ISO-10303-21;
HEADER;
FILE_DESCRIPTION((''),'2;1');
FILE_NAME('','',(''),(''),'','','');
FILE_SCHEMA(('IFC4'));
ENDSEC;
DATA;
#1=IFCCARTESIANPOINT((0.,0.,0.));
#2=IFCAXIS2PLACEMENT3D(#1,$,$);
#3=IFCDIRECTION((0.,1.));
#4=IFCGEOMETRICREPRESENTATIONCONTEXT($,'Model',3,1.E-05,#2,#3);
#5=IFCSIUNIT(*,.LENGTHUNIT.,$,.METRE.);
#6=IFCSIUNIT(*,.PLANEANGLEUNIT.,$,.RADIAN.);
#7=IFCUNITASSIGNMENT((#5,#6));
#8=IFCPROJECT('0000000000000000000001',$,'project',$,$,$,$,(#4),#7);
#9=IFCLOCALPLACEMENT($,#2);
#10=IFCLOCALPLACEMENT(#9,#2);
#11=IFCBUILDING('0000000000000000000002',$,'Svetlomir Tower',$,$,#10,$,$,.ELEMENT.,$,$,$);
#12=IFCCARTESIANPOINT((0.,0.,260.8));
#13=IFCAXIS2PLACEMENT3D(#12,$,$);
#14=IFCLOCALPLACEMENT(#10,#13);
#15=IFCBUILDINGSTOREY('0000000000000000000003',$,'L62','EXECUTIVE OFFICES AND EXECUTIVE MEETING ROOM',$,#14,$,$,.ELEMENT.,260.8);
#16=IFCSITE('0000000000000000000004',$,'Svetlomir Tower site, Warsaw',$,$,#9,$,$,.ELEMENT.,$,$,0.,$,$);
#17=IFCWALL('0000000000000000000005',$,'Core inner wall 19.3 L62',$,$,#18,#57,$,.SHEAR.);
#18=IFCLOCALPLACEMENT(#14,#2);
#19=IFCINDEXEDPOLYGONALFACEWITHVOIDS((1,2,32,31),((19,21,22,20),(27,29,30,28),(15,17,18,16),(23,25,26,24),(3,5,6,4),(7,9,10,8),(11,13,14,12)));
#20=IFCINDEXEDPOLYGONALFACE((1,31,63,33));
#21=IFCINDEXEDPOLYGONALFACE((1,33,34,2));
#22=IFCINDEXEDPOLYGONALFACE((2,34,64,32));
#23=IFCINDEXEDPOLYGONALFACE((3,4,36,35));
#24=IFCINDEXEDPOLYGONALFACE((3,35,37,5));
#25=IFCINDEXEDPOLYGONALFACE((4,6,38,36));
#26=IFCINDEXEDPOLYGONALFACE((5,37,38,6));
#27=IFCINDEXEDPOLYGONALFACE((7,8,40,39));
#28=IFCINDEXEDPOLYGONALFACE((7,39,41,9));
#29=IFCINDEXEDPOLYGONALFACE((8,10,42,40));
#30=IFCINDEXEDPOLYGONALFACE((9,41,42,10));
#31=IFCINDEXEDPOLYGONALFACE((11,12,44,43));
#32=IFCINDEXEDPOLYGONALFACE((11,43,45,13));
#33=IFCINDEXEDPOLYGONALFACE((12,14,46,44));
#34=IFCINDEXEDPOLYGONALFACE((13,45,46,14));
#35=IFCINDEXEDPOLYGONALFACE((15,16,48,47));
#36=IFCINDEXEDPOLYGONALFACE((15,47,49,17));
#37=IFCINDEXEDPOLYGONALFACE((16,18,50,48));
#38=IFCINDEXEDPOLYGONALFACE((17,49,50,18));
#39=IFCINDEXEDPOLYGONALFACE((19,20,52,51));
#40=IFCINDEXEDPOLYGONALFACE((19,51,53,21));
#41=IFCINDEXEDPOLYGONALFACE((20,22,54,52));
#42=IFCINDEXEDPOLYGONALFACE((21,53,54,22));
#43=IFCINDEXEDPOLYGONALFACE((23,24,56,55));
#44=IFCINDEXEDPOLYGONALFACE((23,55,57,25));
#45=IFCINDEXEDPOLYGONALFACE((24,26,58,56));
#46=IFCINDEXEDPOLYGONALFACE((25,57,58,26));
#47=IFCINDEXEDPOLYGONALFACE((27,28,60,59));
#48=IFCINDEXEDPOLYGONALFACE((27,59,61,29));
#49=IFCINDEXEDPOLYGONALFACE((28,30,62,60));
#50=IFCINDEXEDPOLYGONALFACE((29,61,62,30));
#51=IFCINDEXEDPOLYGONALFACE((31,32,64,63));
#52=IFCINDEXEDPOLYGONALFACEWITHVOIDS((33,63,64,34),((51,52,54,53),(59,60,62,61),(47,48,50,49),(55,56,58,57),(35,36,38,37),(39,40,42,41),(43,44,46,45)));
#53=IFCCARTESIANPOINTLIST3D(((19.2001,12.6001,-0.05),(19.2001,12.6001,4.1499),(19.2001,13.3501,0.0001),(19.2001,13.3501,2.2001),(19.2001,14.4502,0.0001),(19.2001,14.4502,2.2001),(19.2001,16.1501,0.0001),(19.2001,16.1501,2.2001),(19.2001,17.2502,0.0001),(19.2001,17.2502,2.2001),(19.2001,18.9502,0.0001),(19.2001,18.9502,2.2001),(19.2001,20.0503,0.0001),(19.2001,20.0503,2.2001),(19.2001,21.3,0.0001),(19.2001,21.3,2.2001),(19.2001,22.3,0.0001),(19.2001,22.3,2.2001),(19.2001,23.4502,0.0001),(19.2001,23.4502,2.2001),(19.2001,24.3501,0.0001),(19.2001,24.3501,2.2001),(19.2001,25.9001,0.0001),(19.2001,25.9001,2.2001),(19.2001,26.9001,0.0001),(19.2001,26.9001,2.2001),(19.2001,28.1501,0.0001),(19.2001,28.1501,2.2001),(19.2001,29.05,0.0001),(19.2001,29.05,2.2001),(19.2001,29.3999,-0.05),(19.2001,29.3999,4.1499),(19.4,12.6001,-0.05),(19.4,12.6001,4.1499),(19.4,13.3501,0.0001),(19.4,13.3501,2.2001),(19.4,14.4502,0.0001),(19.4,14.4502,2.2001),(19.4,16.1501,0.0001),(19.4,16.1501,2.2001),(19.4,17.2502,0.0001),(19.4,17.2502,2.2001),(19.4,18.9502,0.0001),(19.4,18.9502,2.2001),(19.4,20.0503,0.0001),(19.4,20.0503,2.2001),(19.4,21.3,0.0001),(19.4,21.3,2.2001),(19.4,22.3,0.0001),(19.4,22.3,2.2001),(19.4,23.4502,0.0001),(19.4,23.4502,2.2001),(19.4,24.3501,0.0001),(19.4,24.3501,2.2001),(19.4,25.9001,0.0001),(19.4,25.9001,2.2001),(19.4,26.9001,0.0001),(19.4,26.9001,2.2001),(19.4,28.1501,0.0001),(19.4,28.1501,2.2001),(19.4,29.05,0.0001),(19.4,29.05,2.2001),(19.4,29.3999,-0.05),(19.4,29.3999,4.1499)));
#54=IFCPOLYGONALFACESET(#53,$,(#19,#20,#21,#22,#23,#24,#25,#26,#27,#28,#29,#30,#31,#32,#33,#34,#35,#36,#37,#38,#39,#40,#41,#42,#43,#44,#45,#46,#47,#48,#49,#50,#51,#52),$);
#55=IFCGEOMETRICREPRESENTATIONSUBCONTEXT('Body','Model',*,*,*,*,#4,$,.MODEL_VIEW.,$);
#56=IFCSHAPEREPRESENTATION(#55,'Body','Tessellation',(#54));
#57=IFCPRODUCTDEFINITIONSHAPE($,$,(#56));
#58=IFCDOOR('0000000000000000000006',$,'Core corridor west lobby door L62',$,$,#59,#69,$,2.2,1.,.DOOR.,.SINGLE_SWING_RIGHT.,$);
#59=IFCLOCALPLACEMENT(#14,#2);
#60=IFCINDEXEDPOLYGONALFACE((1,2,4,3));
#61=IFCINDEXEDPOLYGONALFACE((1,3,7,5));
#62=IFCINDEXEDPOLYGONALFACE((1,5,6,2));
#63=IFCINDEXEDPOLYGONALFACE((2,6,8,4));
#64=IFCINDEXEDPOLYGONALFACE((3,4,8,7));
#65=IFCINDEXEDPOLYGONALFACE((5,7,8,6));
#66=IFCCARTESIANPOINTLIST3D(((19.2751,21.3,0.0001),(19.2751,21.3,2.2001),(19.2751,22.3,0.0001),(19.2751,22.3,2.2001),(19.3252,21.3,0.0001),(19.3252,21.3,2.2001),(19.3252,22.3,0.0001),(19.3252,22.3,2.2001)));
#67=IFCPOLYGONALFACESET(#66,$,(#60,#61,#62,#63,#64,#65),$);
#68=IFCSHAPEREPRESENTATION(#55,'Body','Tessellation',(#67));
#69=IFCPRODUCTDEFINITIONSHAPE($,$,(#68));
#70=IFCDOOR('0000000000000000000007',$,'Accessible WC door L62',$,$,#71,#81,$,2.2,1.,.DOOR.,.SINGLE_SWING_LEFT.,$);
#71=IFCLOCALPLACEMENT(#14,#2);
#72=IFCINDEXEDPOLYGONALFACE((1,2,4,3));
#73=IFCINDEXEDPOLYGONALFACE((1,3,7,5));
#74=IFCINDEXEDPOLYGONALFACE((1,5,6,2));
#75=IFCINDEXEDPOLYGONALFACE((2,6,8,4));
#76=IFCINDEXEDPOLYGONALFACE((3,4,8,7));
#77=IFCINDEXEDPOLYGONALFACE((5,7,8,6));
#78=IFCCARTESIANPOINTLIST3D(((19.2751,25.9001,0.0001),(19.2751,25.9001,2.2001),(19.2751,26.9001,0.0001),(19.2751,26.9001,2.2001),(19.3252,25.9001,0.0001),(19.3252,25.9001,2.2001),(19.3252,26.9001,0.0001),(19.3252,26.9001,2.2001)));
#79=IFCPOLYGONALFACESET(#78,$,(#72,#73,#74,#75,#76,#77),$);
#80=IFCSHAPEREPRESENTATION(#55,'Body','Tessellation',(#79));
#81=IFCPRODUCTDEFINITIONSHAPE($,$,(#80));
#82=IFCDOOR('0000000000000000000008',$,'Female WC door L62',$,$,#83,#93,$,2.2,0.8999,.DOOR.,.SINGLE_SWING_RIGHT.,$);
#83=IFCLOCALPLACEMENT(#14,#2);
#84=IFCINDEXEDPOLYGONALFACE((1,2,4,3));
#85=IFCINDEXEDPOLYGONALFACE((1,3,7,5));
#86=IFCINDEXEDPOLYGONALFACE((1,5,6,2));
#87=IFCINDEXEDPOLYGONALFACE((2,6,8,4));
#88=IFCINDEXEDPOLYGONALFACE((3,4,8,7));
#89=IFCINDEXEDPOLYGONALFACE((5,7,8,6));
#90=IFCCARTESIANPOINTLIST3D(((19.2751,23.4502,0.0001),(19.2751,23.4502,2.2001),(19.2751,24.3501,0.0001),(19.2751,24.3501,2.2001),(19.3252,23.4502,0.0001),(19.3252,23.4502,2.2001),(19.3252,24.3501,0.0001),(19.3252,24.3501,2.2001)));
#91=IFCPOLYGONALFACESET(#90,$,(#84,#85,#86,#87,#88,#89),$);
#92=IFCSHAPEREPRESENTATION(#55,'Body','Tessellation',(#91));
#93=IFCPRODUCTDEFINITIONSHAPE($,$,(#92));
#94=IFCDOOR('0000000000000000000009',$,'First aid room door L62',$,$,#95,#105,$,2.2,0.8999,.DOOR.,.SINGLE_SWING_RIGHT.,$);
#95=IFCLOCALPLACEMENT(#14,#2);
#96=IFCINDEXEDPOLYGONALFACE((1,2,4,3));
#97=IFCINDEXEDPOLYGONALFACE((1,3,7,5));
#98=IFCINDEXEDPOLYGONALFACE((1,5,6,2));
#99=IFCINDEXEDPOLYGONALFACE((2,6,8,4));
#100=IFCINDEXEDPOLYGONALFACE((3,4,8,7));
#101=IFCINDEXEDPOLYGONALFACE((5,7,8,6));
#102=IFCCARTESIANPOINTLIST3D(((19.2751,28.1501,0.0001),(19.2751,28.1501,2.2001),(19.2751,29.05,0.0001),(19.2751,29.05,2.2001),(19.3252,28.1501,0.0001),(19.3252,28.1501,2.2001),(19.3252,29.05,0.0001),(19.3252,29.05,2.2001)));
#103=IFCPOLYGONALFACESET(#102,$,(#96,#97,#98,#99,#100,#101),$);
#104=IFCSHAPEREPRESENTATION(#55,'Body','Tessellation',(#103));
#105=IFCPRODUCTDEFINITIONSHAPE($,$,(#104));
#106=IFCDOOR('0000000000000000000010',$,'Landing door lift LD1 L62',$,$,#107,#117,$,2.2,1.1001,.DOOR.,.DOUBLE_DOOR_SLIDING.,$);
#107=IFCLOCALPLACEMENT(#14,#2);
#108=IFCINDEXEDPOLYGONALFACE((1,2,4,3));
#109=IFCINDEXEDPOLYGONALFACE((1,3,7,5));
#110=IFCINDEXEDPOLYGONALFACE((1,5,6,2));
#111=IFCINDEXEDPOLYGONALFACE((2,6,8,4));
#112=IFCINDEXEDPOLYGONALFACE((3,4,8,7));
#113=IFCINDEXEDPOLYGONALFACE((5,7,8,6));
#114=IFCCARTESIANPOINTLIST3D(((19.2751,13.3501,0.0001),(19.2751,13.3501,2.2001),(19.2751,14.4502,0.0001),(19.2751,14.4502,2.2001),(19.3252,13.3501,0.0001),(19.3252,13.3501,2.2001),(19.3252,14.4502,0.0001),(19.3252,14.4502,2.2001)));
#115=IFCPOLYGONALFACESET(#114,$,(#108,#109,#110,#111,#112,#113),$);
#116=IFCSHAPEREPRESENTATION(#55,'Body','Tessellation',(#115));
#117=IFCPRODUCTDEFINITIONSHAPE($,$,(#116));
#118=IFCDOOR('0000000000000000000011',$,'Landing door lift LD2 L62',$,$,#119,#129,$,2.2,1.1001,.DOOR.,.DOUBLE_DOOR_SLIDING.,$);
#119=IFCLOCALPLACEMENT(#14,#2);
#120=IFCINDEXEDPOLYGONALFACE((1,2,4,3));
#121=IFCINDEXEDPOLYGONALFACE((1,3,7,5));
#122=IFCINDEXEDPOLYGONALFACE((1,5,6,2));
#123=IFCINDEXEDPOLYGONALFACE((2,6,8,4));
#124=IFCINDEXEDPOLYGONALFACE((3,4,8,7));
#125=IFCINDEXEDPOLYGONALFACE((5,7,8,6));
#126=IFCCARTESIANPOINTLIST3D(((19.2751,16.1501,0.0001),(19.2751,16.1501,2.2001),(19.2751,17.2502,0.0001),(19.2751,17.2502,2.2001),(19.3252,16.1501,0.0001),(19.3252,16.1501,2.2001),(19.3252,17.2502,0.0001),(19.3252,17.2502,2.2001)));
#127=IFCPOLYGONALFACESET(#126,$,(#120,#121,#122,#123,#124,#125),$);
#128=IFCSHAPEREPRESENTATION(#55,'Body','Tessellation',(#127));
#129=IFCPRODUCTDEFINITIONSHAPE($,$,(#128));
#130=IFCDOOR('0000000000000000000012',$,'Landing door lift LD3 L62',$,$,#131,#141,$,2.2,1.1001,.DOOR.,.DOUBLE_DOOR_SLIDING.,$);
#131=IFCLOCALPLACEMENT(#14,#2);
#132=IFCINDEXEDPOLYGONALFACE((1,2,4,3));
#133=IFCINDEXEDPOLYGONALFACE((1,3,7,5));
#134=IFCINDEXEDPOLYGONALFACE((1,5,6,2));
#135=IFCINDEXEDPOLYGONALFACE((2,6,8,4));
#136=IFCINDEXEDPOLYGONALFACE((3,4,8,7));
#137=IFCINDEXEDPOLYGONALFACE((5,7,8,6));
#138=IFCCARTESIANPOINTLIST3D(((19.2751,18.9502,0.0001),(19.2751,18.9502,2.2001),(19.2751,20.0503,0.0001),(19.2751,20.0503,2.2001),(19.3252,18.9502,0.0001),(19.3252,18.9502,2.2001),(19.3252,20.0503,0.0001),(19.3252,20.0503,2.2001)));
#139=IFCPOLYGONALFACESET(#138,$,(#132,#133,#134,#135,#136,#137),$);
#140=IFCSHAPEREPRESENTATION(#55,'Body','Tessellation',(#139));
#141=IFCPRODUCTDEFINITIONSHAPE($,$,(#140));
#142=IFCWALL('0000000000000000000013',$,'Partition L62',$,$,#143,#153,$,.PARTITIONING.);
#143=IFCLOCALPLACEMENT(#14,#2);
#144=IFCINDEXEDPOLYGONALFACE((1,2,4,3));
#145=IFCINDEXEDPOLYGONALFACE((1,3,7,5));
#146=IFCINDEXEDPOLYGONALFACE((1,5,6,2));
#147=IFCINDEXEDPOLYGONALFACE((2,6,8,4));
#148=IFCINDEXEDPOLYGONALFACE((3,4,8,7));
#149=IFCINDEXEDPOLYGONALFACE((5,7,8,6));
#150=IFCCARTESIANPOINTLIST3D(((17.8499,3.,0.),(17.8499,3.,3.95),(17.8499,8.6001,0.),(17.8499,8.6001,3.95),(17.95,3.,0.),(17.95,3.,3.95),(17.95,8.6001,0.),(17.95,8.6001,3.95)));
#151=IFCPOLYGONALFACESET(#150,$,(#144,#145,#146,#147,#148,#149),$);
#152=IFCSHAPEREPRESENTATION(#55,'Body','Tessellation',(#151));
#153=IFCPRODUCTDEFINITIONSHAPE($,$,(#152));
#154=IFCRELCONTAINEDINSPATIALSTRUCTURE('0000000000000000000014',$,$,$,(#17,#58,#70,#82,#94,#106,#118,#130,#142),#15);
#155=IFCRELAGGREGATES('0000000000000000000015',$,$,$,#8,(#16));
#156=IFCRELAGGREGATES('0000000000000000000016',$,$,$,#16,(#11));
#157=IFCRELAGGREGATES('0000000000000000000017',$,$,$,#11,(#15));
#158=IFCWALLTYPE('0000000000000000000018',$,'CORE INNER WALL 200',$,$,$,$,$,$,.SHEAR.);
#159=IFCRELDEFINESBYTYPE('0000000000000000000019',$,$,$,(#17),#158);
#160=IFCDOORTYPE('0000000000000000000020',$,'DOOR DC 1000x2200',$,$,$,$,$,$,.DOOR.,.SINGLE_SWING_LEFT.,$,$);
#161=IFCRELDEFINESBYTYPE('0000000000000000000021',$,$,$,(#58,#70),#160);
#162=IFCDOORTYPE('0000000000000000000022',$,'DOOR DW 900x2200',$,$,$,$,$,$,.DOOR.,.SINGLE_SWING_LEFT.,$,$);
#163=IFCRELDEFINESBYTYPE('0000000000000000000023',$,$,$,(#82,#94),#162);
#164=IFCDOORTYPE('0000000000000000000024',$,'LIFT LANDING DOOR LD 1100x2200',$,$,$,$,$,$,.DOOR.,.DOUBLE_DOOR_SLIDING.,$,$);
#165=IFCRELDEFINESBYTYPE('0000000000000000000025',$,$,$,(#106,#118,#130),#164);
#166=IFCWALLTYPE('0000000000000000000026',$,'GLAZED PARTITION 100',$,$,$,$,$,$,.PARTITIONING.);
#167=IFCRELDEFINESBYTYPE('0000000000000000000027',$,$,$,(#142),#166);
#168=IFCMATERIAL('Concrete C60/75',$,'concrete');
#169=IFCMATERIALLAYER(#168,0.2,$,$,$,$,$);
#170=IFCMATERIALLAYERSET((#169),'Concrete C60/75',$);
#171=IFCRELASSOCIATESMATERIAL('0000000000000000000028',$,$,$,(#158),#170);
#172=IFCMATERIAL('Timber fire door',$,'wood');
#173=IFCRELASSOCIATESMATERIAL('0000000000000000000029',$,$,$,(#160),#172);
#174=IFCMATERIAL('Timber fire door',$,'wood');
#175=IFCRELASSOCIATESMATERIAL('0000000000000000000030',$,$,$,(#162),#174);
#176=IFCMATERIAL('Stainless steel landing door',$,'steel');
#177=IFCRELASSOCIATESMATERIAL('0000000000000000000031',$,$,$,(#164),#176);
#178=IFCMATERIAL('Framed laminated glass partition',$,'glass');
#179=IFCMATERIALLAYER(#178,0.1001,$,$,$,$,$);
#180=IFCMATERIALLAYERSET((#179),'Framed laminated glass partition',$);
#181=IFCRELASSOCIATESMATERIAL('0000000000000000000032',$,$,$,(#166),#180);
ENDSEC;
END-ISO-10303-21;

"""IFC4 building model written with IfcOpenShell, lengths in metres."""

from ifc_helpers import new_model, si_unit, direction, frame, frame_2d, origin, place, context, subcontext, project, spatial, rectangle, extrude, material, layer, layer_set, type_object, element, fill, save


model = new_model("IFC4")

# Units and contexts
model_context = context("Model", 3, precision=1e-05, world=origin(), true_north=direction((0.0, 1.0)))
body_context = subcontext(model_context, "Body", "Model", "MODEL_VIEW")
ifc_project = project(units=[si_unit("LENGTHUNIT", "METRE"), si_unit("PLANEANGLEUNIT", "RADIAN")], contexts=[model_context])

# Site, building, storey
site_placement = place(None, origin())
site = spatial("IfcSite", under=ifc_project, at=site_placement, Name="Svetlomir Tower site, Warsaw", CompositionType="ELEMENT", RefElevation=0.0)
building_placement = place(site_placement, origin())
building = spatial("IfcBuilding", under=site, at=building_placement, Name="Svetlomir Tower", CompositionType="ELEMENT")
storey_placement = place(building_placement, frame((0.0, 0.0, 260.8)))
storey = spatial("IfcBuildingStorey", under=building, at=storey_placement, Name="L62", Description="EXECUTIVE OFFICES AND EXECUTIVE MEETING ROOM", CompositionType="ELEMENT", Elevation=260.8)

# Shared definitions
ifc_material_1 = material(Name="Concrete C60/75", Category="concrete")
ifc_layer_1 = layer(ifc_material_1, 0.2)
ifc_layer_set_1 = layer_set([ifc_layer_1], Name="Concrete C60/75")
wall_type_1 = type_object("IfcWallType", Name="CORE INNER WALL 200", PredefinedType="SHEAR", material=ifc_layer_set_1)

# Wall, openings, doors
wall_1_placement = place(storey_placement, frame((19.3, 12.6001, -0.05), z_axis=(0.0, 0.0, 1.0), x_axis=(0.0, 1.0, 0.0)))
wall_1 = element("IfcWall", 1, at=wall_1_placement, inside=storey, type_object=wall_type_1, Name="Core inner wall 19.3 L62", PredefinedType="SHEAR", context=body_context, shape_type="SweptSolid", body=[
    extrude(rectangle(XDim=16.7998, YDim=0.2, at=frame_2d((8.3999, 0.0))), origin(), (0.0, 0.0, 1.0), 4.2),
])
opening_1_placement = place(wall_1_placement, frame((8.7, 0.0, 0.05)))
opening_1 = element("IfcOpeningElement", 2, at=opening_1_placement, cuts=wall_1, PredefinedType="OPENING", context=body_context, shape_type="SweptSolid", body=[
    extrude(rectangle(XDim=1.0, YDim=2.2, at=frame_2d((0.5, 1.1001))), frame((0.0, 0.1099, 0.0), z_axis=(0.0, -1.0, 0.0), x_axis=(1.0, 0.0, 0.0)), (0.0, 0.0, 1.0), 0.22),
])
opening_2_placement = place(wall_1_placement, frame((10.8501, 0.0, 0.05)))
opening_2 = element("IfcOpeningElement", 3, at=opening_2_placement, cuts=wall_1, PredefinedType="OPENING", context=body_context, shape_type="SweptSolid", body=[
    extrude(rectangle(XDim=0.8999, YDim=2.2, at=frame_2d((0.45, 1.1001))), frame((0.0, 0.1099, 0.0), z_axis=(0.0, -1.0, 0.0), x_axis=(1.0, 0.0, 0.0)), (0.0, 0.0, 1.0), 0.22),
])
opening_3_placement = place(wall_1_placement, frame((13.3, 0.0, 0.05)))
opening_3 = element("IfcOpeningElement", 4, at=opening_3_placement, cuts=wall_1, PredefinedType="OPENING", context=body_context, shape_type="SweptSolid", body=[
    extrude(rectangle(XDim=1.0, YDim=2.2, at=frame_2d((0.5, 1.1001))), frame((0.0, 0.1099, 0.0), z_axis=(0.0, -1.0, 0.0), x_axis=(1.0, 0.0, 0.0)), (0.0, 0.0, 1.0), 0.22),
])
opening_4_placement = place(wall_1_placement, frame((15.55, 0.0, 0.05)))
opening_4 = element("IfcOpeningElement", 5, at=opening_4_placement, cuts=wall_1, PredefinedType="OPENING", context=body_context, shape_type="SweptSolid", body=[
    extrude(rectangle(XDim=0.8999, YDim=2.2, at=frame_2d((0.45, 1.1001))), frame((0.0, 0.1099, 0.0), z_axis=(0.0, -1.0, 0.0), x_axis=(1.0, 0.0, 0.0)), (0.0, 0.0, 1.0), 0.22),
])
opening_5_placement = place(wall_1_placement, frame((0.75, 0.0, 0.05)))
opening_5 = element("IfcOpeningElement", 6, at=opening_5_placement, cuts=wall_1, PredefinedType="OPENING", context=body_context, shape_type="SweptSolid", body=[
    extrude(rectangle(XDim=1.1001, YDim=2.2, at=frame_2d((0.55, 1.1001))), frame((0.0, 0.1099, 0.0), z_axis=(0.0, -1.0, 0.0), x_axis=(1.0, 0.0, 0.0)), (0.0, 0.0, 1.0), 0.22),
])
opening_6_placement = place(wall_1_placement, frame((3.55, 0.0, 0.05)))
opening_6 = element("IfcOpeningElement", 7, at=opening_6_placement, cuts=wall_1, PredefinedType="OPENING", context=body_context, shape_type="SweptSolid", body=[
    extrude(rectangle(XDim=1.1001, YDim=2.2, at=frame_2d((0.55, 1.1001))), frame((0.0, 0.1099, 0.0), z_axis=(0.0, -1.0, 0.0), x_axis=(1.0, 0.0, 0.0)), (0.0, 0.0, 1.0), 0.22),
])
opening_7_placement = place(wall_1_placement, frame((6.3501, 0.0, 0.05)))
opening_7 = element("IfcOpeningElement", 8, at=opening_7_placement, cuts=wall_1, PredefinedType="OPENING", context=body_context, shape_type="SweptSolid", body=[
    extrude(rectangle(XDim=1.1001, YDim=2.2, at=frame_2d((0.55, 1.1001))), frame((0.0, 0.1099, 0.0), z_axis=(0.0, -1.0, 0.0), x_axis=(1.0, 0.0, 0.0)), (0.0, 0.0, 1.0), 0.22),
])
ifc_material_2 = material(Name="Timber fire door", Category="wood")
door_type_1 = type_object("IfcDoorType", Name="DOOR DC 1000x2200", OperationType="SINGLE_SWING_LEFT", PredefinedType="DOOR", material=ifc_material_2)
door_1_placement = place(opening_1_placement, origin())
door_1 = element("IfcDoor", 9, at=door_1_placement, inside=storey, type_object=door_type_1, Name="Core corridor west lobby door L62", OperationType="SINGLE_SWING_RIGHT", OverallHeight=2.2, OverallWidth=1.0, PredefinedType="DOOR", context=body_context, shape_type="SweptSolid", body=[
    extrude(rectangle(XDim=1.0, YDim=2.2, at=frame_2d((0.5, 1.1001))), frame((0.0, 0.0249, 0.0), z_axis=(0.0, -1.0, 0.0), x_axis=(1.0, 0.0, 0.0)), (0.0, 0.0, 1.0), 0.05),
])
fill(opening_1, door_1)
door_2_placement = place(opening_3_placement, origin())
door_2 = element("IfcDoor", 10, at=door_2_placement, inside=storey, type_object=door_type_1, Name="Accessible WC door L62", OperationType="SINGLE_SWING_LEFT", OverallHeight=2.2, OverallWidth=1.0, PredefinedType="DOOR", context=body_context, shape_type="SweptSolid", body=[
    extrude(rectangle(XDim=1.0, YDim=2.2, at=frame_2d((0.5, 1.1001))), frame((0.0, 0.0249, 0.0), z_axis=(0.0, -1.0, 0.0), x_axis=(1.0, 0.0, 0.0)), (0.0, 0.0, 1.0), 0.05),
])
fill(opening_3, door_2)
ifc_material_3 = material(Name="Timber fire door", Category="wood")
door_type_2 = type_object("IfcDoorType", Name="DOOR DW 900x2200", OperationType="SINGLE_SWING_LEFT", PredefinedType="DOOR", material=ifc_material_3)
door_3_placement = place(opening_2_placement, origin())
door_3 = element("IfcDoor", 11, at=door_3_placement, inside=storey, type_object=door_type_2, Name="Female WC door L62", OperationType="SINGLE_SWING_RIGHT", OverallHeight=2.2, OverallWidth=0.8999, PredefinedType="DOOR", context=body_context, shape_type="SweptSolid", body=[
    extrude(rectangle(XDim=0.8999, YDim=2.2, at=frame_2d((0.45, 1.1001))), frame((0.0, 0.0249, 0.0), z_axis=(0.0, -1.0, 0.0), x_axis=(1.0, 0.0, 0.0)), (0.0, 0.0, 1.0), 0.05),
])
fill(opening_2, door_3)
door_4_placement = place(opening_4_placement, origin())
door_4 = element("IfcDoor", 12, at=door_4_placement, inside=storey, type_object=door_type_2, Name="First aid room door L62", OperationType="SINGLE_SWING_RIGHT", OverallHeight=2.2, OverallWidth=0.8999, PredefinedType="DOOR", context=body_context, shape_type="SweptSolid", body=[
    extrude(rectangle(XDim=0.8999, YDim=2.2, at=frame_2d((0.45, 1.1001))), frame((0.0, 0.0249, 0.0), z_axis=(0.0, -1.0, 0.0), x_axis=(1.0, 0.0, 0.0)), (0.0, 0.0, 1.0), 0.05),
])
fill(opening_4, door_4)
ifc_material_4 = material(Name="Stainless steel landing door", Category="steel")
door_type_3 = type_object("IfcDoorType", Name="LIFT LANDING DOOR LD 1100x2200", OperationType="DOUBLE_DOOR_SLIDING", PredefinedType="DOOR", material=ifc_material_4)
door_5_placement = place(opening_5_placement, origin())
door_5 = element("IfcDoor", 13, at=door_5_placement, inside=storey, type_object=door_type_3, Name="Landing door lift LD1 L62", OperationType="DOUBLE_DOOR_SLIDING", OverallHeight=2.2, OverallWidth=1.1001, PredefinedType="DOOR", context=body_context, shape_type="SweptSolid", body=[
    extrude(rectangle(XDim=1.1001, YDim=2.2, at=frame_2d((0.55, 1.1001))), frame((0.0, 0.0249, 0.0), z_axis=(0.0, -1.0, 0.0), x_axis=(1.0, 0.0, 0.0)), (0.0, 0.0, 1.0), 0.05),
])
fill(opening_5, door_5)
door_6_placement = place(opening_6_placement, origin())
door_6 = element("IfcDoor", 14, at=door_6_placement, inside=storey, type_object=door_type_3, Name="Landing door lift LD2 L62", OperationType="DOUBLE_DOOR_SLIDING", OverallHeight=2.2, OverallWidth=1.1001, PredefinedType="DOOR", context=body_context, shape_type="SweptSolid", body=[
    extrude(rectangle(XDim=1.1001, YDim=2.2, at=frame_2d((0.55, 1.1001))), frame((0.0, 0.0249, 0.0), z_axis=(0.0, -1.0, 0.0), x_axis=(1.0, 0.0, 0.0)), (0.0, 0.0, 1.0), 0.05),
])
fill(opening_6, door_6)
door_7_placement = place(opening_7_placement, origin())
door_7 = element("IfcDoor", 15, at=door_7_placement, inside=storey, type_object=door_type_3, Name="Landing door lift LD3 L62", OperationType="DOUBLE_DOOR_SLIDING", OverallHeight=2.2, OverallWidth=1.1001, PredefinedType="DOOR", context=body_context, shape_type="SweptSolid", body=[
    extrude(rectangle(XDim=1.1001, YDim=2.2, at=frame_2d((0.55, 1.1001))), frame((0.0, 0.0249, 0.0), z_axis=(0.0, -1.0, 0.0), x_axis=(1.0, 0.0, 0.0)), (0.0, 0.0, 1.0), 0.05),
])
fill(opening_7, door_7)

# Wall
ifc_material_5 = material(Name="Framed laminated glass partition", Category="glass")
ifc_layer_2 = layer(ifc_material_5, 0.1001)
ifc_layer_set_2 = layer_set([ifc_layer_2], Name="Framed laminated glass partition")
wall_type_2 = type_object("IfcWallType", Name="GLAZED PARTITION 100", PredefinedType="PARTITIONING", material=ifc_layer_set_2)
wall_2_placement = place(storey_placement, frame((17.8999, 3.0, 0.0), z_axis=(0.0, 0.0, 1.0), x_axis=(0.0, 1.0, 0.0)))
element("IfcWall", 16, at=wall_2_placement, inside=storey, type_object=wall_type_2, Name="Partition L62", PredefinedType="PARTITIONING", context=body_context, shape_type="SweptSolid", body=[
    extrude(rectangle(XDim=5.6001, YDim=0.1001, at=frame_2d((2.8, 0.0))), origin(), (0.0, 0.0, 1.0), 3.95),
])

save(model, "model.ifc")
